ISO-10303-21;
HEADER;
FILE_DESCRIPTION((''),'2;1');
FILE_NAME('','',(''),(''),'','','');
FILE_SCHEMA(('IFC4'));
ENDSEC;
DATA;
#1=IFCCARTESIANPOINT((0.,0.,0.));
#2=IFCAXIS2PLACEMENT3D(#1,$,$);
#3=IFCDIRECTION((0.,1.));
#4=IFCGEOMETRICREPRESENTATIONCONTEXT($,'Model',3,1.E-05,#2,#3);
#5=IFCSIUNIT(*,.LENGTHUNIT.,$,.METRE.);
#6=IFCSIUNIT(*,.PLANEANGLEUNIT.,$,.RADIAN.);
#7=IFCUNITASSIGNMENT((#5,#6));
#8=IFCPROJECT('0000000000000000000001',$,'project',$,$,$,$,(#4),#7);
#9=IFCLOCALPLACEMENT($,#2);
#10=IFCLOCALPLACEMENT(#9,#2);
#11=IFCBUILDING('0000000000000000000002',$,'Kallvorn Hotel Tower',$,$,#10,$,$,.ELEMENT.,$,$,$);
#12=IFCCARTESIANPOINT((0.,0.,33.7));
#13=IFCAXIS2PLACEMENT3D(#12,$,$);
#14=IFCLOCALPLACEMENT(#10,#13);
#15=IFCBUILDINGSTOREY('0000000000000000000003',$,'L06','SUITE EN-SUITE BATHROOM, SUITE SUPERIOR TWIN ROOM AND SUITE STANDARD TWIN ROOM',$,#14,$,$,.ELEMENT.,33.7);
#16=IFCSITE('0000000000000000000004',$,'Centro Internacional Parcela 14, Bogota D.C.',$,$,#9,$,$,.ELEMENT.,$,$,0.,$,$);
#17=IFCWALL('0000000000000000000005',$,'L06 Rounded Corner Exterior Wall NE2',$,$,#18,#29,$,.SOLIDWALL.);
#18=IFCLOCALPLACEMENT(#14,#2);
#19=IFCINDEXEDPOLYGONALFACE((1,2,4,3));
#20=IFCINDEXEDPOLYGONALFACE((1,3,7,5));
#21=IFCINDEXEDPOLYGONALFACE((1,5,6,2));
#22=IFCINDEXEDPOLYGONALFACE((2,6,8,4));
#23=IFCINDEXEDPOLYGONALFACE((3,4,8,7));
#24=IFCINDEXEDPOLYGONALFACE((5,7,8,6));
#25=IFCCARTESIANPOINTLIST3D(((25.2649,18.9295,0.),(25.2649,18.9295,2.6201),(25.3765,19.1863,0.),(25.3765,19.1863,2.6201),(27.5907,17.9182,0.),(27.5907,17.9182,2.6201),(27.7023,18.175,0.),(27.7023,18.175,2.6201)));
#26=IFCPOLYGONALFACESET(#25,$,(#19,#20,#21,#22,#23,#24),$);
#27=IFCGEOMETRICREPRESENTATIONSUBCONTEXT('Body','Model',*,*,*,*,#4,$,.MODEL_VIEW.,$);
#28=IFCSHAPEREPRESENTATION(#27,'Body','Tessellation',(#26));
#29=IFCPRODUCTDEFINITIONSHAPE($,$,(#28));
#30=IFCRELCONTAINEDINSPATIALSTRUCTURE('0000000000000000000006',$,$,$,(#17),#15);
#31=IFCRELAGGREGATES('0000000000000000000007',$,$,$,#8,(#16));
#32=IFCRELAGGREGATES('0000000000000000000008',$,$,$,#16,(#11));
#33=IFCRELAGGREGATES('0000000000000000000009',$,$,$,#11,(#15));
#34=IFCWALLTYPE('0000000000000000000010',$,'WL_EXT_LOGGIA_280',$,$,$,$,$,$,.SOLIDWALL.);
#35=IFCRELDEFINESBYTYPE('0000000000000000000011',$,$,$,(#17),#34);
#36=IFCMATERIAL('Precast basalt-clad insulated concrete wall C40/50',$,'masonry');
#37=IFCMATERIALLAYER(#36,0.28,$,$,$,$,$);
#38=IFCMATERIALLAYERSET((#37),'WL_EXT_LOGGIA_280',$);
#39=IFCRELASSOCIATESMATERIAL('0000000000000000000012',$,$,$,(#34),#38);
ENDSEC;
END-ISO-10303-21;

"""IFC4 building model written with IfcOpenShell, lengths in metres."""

from ifc_helpers import new_model, si_unit, direction, frame, frame_2d, origin, place, context, subcontext, project, spatial, rectangle, extrude, material, layer, layer_set, type_object, element, save


model = new_model("IFC4")

# Units and contexts
model_context = context("Model", 3, precision=1e-05, world=origin(), true_north=direction((0.0, 1.0)))
body_context = subcontext(model_context, "Body", "Model", "MODEL_VIEW")
ifc_project = project(units=[si_unit("LENGTHUNIT", "METRE"), si_unit("PLANEANGLEUNIT", "RADIAN")], contexts=[model_context])

# Site, building, storey
site_placement = place(None, origin())
site = spatial("IfcSite", under=ifc_project, at=site_placement, Name="Centro Internacional Parcela 14, Bogota D.C.", CompositionType="ELEMENT", RefElevation=0.0)
building_placement = place(site_placement, origin())
building = spatial("IfcBuilding", under=site, at=building_placement, Name="Kallvorn Hotel Tower", CompositionType="ELEMENT")
storey_placement = place(building_placement, frame((0.0, 0.0, 33.7)))
storey = spatial("IfcBuildingStorey", under=building, at=storey_placement, Name="L06", Description="SUITE EN-SUITE BATHROOM, SUITE SUPERIOR TWIN ROOM AND SUITE STANDARD TWIN ROOM", CompositionType="ELEMENT", Elevation=33.7)

# Wall
ifc_material_1 = material(Name="Precast basalt-clad insulated concrete wall C40/50", Category="masonry")
ifc_layer_1 = layer(ifc_material_1, 0.28)
ifc_layer_set_1 = layer_set([ifc_layer_1], Name="WL_EXT_LOGGIA_280")
wall_type_1 = type_object("IfcWallType", Name="WL_EXT_LOGGIA_280", PredefinedType="SOLIDWALL", material=ifc_layer_set_1)
wall_1_placement = place(storey_placement, frame((27.6465, 18.0466, 0.0), z_axis=(0.0, 0.0, 1.0), x_axis=(-0.917061, 0.398747, 0.0)))
element("IfcWall", 1, at=wall_1_placement, inside=storey, type_object=wall_type_1, Name="L06 Rounded Corner Exterior Wall NE2", PredefinedType="SOLIDWALL", context=body_context, shape_type="SweptSolid", body=[
    extrude(rectangle(XDim=2.5361, YDim=0.28, at=frame_2d((1.2681, 0.0))), origin(), (0.0, 0.0, 1.0), 2.6201),
])

save(model, "model.ifc")
